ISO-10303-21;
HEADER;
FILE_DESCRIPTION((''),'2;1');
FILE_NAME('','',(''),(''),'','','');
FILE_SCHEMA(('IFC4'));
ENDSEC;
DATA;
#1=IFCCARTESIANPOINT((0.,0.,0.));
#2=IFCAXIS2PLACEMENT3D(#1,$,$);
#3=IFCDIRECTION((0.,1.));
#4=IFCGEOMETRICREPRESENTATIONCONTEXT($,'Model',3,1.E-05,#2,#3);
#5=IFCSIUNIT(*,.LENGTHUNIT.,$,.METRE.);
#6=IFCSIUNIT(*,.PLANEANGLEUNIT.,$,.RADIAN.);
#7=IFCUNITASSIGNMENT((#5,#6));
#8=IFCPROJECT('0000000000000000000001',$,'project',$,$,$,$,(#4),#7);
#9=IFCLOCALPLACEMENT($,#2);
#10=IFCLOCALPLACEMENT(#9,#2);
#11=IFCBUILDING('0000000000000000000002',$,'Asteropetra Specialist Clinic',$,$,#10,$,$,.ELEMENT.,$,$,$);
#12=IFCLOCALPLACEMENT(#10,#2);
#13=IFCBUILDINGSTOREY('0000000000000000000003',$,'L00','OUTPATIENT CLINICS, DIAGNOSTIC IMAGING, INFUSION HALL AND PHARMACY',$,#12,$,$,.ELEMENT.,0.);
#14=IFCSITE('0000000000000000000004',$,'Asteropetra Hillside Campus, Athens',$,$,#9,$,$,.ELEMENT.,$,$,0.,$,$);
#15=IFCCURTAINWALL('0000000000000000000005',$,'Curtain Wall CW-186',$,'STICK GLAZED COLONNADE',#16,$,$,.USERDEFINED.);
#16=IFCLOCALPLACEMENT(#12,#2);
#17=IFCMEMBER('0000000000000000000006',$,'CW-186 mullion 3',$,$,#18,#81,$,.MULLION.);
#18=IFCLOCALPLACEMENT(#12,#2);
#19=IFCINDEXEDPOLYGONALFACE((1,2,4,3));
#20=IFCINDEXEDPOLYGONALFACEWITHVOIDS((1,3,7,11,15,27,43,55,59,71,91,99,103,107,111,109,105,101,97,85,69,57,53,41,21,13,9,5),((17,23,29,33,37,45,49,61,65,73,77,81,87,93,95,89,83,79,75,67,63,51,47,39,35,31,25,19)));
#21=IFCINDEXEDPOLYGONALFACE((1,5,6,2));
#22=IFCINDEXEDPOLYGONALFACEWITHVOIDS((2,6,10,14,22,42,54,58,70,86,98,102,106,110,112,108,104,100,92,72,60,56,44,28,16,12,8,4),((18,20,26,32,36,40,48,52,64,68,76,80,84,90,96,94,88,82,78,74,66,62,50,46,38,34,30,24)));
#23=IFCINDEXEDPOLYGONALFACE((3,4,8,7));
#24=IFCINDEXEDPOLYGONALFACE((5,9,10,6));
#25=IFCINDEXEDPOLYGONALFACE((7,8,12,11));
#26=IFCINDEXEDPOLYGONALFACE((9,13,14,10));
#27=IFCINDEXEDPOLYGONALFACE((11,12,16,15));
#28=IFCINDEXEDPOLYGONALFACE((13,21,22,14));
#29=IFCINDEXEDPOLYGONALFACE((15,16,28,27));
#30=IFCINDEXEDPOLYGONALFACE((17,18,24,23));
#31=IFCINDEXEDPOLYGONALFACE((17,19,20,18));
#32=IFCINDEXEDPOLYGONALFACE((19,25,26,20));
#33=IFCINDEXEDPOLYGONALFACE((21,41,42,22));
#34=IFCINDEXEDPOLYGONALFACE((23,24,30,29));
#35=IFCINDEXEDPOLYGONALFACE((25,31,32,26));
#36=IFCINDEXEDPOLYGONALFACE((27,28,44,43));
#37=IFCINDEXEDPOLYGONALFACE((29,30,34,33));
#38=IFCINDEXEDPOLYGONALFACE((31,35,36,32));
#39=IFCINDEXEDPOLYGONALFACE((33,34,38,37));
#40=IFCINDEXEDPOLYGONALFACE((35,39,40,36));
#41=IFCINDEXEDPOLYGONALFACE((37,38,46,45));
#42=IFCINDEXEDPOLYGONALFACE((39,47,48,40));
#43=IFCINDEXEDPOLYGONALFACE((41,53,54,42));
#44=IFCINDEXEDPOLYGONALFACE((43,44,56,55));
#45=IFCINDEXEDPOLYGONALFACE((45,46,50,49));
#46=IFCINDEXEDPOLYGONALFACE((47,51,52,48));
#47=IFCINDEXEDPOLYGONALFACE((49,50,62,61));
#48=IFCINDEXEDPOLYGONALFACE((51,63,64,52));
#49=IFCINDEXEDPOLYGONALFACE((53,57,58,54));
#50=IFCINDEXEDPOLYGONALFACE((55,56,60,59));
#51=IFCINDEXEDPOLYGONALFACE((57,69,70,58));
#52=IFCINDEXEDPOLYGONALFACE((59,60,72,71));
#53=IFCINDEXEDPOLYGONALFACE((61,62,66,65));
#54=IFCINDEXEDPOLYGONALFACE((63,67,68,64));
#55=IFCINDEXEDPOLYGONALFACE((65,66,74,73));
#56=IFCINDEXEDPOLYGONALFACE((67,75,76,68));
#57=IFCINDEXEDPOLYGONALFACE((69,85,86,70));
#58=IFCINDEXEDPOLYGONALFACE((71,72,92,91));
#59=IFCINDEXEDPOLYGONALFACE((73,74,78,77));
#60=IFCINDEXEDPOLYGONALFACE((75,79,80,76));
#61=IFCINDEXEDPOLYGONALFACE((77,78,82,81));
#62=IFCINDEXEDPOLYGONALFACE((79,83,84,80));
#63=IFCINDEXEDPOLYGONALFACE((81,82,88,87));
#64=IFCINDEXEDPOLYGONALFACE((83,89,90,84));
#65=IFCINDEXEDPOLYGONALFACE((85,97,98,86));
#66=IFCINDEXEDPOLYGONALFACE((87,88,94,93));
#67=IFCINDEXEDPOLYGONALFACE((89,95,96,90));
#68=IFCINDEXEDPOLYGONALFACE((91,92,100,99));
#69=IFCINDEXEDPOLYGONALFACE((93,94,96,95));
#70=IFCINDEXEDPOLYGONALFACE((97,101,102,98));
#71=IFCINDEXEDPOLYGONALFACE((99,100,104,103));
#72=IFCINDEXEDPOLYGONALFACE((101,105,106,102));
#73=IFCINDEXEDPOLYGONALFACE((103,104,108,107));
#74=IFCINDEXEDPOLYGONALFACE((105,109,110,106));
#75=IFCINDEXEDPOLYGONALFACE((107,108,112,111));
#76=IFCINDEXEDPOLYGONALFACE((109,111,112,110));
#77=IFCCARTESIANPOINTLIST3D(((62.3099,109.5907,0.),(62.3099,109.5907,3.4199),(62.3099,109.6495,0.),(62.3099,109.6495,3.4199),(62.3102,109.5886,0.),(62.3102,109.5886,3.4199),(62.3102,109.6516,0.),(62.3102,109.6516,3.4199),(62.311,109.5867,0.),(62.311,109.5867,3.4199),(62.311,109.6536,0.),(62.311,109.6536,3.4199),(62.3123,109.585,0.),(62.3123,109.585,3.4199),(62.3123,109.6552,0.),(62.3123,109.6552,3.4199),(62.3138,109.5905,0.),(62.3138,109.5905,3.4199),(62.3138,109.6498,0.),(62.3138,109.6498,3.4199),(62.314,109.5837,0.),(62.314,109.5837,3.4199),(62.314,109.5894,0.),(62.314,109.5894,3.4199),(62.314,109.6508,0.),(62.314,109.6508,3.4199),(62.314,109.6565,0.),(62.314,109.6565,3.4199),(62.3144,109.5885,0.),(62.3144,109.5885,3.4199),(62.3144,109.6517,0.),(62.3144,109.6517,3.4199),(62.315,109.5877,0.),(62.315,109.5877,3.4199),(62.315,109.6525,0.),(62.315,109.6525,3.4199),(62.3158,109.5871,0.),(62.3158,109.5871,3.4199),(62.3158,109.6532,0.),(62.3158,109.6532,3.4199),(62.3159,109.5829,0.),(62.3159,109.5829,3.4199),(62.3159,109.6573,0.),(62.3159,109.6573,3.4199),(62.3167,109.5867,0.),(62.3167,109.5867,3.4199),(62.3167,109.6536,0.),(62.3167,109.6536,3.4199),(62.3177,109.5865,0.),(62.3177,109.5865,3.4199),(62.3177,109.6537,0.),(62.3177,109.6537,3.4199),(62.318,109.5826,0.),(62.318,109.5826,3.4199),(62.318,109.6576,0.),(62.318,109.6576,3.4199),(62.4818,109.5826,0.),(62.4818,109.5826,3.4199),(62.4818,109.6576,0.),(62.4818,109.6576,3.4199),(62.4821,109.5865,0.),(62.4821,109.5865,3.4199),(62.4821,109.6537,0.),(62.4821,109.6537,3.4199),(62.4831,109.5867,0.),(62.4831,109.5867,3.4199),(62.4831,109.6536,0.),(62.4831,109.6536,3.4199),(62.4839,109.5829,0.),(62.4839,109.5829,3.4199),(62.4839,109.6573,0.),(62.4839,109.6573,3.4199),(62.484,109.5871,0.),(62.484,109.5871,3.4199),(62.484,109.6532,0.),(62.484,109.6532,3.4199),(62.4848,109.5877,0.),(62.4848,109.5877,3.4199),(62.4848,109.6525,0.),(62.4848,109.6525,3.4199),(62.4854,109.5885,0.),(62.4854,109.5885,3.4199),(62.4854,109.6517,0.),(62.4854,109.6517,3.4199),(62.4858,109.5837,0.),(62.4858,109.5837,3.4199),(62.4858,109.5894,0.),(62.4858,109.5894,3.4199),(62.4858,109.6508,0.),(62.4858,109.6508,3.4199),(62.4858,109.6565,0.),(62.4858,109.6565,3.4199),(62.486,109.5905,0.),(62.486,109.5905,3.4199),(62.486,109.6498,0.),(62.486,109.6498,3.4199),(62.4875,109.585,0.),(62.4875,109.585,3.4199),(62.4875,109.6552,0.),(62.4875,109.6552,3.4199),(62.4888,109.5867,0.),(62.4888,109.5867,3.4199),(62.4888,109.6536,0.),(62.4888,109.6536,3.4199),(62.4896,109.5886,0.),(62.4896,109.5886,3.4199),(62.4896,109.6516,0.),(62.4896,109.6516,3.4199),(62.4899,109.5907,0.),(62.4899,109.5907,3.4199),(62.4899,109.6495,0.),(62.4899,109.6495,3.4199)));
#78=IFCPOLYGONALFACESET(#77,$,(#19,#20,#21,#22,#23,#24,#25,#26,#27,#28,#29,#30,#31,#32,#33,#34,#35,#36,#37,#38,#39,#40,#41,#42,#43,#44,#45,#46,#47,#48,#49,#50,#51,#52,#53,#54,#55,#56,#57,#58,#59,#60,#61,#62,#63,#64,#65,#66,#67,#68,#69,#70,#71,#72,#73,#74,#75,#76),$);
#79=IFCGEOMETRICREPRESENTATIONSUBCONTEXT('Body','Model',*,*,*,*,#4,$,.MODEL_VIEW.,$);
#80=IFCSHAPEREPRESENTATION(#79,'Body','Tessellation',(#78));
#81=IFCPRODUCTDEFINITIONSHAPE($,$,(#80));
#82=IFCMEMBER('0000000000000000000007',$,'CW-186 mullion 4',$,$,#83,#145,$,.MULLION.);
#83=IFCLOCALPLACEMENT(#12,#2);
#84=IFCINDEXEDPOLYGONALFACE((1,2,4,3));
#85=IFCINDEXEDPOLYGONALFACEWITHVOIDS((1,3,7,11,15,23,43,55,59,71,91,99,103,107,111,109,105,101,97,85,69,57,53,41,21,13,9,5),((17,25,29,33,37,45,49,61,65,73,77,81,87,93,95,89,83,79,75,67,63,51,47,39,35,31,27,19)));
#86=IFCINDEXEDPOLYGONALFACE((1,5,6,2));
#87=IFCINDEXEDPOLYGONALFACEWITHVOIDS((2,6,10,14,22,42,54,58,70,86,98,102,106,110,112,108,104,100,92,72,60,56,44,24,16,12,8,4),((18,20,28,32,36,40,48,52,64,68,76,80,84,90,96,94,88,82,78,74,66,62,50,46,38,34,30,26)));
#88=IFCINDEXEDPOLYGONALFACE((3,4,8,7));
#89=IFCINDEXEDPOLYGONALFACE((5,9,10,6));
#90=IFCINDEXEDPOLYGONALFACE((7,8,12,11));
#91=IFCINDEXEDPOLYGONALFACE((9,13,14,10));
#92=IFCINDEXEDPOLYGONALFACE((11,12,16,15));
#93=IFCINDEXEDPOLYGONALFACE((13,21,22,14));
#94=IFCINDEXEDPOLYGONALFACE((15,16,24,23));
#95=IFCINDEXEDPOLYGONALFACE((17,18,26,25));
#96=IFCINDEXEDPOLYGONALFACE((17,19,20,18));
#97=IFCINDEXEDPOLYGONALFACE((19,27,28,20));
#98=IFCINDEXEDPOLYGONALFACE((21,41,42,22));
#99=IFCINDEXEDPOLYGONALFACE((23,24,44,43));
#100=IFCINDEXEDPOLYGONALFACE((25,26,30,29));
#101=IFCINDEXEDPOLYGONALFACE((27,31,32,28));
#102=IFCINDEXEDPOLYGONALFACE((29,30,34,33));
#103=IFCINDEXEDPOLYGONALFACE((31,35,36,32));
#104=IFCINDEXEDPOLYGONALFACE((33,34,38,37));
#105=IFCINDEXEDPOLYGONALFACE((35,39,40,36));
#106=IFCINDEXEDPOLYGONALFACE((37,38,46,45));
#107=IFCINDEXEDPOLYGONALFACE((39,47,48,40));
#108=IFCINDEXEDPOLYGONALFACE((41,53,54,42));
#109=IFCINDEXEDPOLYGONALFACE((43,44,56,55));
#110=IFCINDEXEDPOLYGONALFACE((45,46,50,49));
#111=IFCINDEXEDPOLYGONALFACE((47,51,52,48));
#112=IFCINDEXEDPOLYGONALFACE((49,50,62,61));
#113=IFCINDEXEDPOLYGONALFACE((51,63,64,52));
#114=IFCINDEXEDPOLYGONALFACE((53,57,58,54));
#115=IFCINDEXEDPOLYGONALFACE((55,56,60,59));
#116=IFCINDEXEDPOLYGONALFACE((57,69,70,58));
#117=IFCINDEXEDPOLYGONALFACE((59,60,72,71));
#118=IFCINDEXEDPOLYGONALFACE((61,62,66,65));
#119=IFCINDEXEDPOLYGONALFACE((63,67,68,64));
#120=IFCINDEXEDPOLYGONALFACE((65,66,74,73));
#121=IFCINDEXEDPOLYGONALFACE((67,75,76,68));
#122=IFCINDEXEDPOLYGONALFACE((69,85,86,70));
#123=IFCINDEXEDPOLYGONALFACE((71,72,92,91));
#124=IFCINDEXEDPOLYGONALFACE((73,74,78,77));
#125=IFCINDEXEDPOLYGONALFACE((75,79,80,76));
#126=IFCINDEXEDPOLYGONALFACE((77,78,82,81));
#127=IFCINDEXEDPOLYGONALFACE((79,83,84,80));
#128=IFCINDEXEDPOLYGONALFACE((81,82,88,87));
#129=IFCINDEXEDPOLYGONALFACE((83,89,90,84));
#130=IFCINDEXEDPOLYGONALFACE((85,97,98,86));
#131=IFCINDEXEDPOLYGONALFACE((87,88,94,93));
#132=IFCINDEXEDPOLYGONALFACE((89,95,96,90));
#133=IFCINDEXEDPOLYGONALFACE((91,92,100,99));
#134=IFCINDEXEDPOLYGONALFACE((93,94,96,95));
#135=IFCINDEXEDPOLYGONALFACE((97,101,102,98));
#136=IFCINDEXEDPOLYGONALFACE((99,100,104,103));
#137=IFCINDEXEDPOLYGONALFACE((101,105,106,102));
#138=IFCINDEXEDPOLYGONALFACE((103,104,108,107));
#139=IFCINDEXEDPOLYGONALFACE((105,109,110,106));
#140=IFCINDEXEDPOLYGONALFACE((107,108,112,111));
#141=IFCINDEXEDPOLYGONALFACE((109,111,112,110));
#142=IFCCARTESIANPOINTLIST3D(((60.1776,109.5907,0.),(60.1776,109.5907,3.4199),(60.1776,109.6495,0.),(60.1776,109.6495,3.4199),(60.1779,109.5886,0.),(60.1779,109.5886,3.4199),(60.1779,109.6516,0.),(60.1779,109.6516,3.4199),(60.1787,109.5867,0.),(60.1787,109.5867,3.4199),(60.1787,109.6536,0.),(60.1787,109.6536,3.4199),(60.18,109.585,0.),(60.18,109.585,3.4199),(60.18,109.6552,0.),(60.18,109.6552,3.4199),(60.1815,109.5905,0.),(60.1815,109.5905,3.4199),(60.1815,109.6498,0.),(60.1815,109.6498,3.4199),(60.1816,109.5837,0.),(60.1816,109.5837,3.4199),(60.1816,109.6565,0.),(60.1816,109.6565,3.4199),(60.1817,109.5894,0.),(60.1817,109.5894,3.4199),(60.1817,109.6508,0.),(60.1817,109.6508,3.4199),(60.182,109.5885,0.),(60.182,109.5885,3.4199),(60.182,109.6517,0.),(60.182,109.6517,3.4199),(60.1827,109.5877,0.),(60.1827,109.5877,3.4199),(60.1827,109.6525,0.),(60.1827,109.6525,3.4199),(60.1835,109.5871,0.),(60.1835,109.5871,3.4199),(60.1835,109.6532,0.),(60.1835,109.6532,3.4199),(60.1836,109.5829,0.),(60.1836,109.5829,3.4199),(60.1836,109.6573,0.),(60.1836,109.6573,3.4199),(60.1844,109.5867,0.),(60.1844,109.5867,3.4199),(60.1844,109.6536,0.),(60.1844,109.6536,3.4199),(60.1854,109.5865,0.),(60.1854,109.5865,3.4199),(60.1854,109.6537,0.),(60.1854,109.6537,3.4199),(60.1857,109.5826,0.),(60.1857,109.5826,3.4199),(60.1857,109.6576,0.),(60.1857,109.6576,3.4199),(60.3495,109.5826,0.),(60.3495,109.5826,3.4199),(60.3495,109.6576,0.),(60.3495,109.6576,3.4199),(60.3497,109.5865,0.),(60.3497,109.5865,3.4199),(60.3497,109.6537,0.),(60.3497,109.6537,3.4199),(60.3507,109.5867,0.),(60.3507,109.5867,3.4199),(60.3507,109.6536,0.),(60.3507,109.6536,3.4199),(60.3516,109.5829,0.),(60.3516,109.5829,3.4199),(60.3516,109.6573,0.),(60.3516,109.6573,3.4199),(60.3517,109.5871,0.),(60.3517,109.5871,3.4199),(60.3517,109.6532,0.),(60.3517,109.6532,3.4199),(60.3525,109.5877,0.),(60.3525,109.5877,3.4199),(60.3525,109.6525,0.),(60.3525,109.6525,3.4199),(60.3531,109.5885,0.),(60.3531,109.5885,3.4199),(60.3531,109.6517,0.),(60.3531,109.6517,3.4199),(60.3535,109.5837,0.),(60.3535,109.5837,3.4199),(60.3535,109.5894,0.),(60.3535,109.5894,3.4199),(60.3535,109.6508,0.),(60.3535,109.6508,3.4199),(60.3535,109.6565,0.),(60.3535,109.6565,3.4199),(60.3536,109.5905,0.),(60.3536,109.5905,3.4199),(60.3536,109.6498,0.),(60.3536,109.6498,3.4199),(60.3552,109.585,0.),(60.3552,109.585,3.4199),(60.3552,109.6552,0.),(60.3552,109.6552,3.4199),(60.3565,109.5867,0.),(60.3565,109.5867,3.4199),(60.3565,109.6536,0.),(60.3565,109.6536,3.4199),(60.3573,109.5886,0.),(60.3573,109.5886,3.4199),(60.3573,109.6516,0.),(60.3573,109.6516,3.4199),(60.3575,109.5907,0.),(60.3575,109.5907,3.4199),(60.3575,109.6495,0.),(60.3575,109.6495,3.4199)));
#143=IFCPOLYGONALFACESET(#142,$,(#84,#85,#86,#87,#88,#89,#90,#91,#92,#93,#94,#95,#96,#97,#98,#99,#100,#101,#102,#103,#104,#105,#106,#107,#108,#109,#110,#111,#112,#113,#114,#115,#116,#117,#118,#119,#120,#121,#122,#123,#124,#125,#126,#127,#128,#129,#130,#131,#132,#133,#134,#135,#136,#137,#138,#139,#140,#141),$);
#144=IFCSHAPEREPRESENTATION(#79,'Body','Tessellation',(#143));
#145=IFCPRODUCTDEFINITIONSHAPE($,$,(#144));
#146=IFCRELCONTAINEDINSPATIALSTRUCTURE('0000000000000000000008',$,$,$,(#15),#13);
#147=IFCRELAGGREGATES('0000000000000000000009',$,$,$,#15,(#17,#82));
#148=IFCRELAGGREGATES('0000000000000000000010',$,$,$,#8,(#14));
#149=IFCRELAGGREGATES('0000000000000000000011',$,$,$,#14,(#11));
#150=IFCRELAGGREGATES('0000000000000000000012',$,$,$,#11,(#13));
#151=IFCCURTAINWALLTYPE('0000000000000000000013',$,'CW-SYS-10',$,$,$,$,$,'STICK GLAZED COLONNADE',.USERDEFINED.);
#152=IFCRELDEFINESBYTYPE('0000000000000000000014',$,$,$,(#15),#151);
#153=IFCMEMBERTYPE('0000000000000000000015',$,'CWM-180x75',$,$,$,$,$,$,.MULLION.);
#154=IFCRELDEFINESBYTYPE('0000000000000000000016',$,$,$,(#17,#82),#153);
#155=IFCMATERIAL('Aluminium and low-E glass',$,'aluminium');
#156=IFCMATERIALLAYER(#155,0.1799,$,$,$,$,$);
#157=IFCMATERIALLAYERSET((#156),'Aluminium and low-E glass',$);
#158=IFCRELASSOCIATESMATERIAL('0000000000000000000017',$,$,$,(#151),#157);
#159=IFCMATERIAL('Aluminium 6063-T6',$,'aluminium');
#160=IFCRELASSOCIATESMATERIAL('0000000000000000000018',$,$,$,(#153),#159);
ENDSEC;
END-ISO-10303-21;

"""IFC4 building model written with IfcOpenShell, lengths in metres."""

from ifc_helpers import new_model, si_unit, direction, frame, origin, origin_2d, place, context, subcontext, project, spatial, hollow_rectangle, extrude, material, layer, layer_set, material_profile, profile_set, type_object, element, aggregate, save


model = new_model("IFC4")

# Units and contexts
model_context = context("Model", 3, precision=1e-05, world=origin(), true_north=direction((0.0, 1.0)))
body_context = subcontext(model_context, "Body", "Model", "MODEL_VIEW")
ifc_project = project(units=[si_unit("LENGTHUNIT", "METRE"), si_unit("PLANEANGLEUNIT", "RADIAN")], contexts=[model_context])

# Site, building, storey
site_placement = place(None, origin())
site = spatial("IfcSite", under=ifc_project, at=site_placement, Name="Asteropetra Hillside Campus, Athens", CompositionType="ELEMENT", RefElevation=0.0)
building_placement = place(site_placement, origin())
building = spatial("IfcBuilding", under=site, at=building_placement, Name="Asteropetra Specialist Clinic", CompositionType="ELEMENT")
storey_placement = place(building_placement, origin())
storey = spatial("IfcBuildingStorey", under=building, at=storey_placement, Name="L00", Description="OUTPATIENT CLINICS, DIAGNOSTIC IMAGING, INFUSION HALL AND PHARMACY", CompositionType="ELEMENT", Elevation=0.0)

# Curtain wall, members
ifc_material_1 = material(Name="Aluminium and low-E glass", Category="aluminium")
ifc_layer_1 = layer(ifc_material_1, 0.1799)
ifc_layer_set_1 = layer_set([ifc_layer_1], Name="Aluminium and low-E glass")
curtain_wall_type = type_object("IfcCurtainWallType", Name="CW-SYS-10", ElementType="STICK GLAZED COLONNADE", PredefinedType="USERDEFINED", material=ifc_layer_set_1)
curtain_wall_placement = place(storey_placement, origin())
curtain_wall = element("IfcCurtainWall", 1, at=curtain_wall_placement, inside=storey, type_object=curtain_wall_type, Name="Curtain Wall CW-186", ObjectType="STICK GLAZED COLONNADE", PredefinedType="USERDEFINED")
ifc_material_2 = material(Name="Aluminium 6063-T6", Category="aluminium")
ifc_material_profile_1 = material_profile(ifc_material_2, hollow_rectangle(XDim=0.075, YDim=0.1799, WallThickness=0.0039, InnerFilletRadius=0.0039, OuterFilletRadius=0.0081, at=origin_2d()), Name="MUL 180x75x4.0")
ifc_profile_set_1 = profile_set([ifc_material_profile_1], Name="Aluminium 6063-T6")
member_type_1 = type_object("IfcMemberType", Name="CWM-180x75", PredefinedType="MULLION", material=ifc_profile_set_1)
member_1_placement = place(storey_placement, frame((62.3999, 109.6201, 0.0), z_axis=(0.0, 0.0, 1.0), x_axis=(0.0, -1.0, 0.0)))
member_1 = element("IfcMember", 2, at=member_1_placement, type_object=member_type_1, Name="CW-186 mullion 3", PredefinedType="MULLION", context=body_context, shape_type="SweptSolid", body=[
    extrude(hollow_rectangle(XDim=0.075, YDim=0.1799, WallThickness=0.0039, InnerFilletRadius=0.0039, OuterFilletRadius=0.0081, at=origin_2d()), origin(), (0.0, 0.0, 1.0), 3.4199),
])
member_2_placement = place(storey_placement, frame((60.2676, 109.6201, 0.0), z_axis=(0.0, 0.0, 1.0), x_axis=(0.0, -1.0, 0.0)))
member_2 = element("IfcMember", 3, at=member_2_placement, type_object=member_type_1, Name="CW-186 mullion 4", PredefinedType="MULLION", context=body_context, shape_type="SweptSolid", body=[
    extrude(hollow_rectangle(XDim=0.075, YDim=0.1799, WallThickness=0.0039, InnerFilletRadius=0.0039, OuterFilletRadius=0.0081, at=origin_2d()), origin(), (0.0, 0.0, 1.0), 3.4199),
])
aggregate(curtain_wall, [member_1, member_2])

save(model, "model.ifc")
